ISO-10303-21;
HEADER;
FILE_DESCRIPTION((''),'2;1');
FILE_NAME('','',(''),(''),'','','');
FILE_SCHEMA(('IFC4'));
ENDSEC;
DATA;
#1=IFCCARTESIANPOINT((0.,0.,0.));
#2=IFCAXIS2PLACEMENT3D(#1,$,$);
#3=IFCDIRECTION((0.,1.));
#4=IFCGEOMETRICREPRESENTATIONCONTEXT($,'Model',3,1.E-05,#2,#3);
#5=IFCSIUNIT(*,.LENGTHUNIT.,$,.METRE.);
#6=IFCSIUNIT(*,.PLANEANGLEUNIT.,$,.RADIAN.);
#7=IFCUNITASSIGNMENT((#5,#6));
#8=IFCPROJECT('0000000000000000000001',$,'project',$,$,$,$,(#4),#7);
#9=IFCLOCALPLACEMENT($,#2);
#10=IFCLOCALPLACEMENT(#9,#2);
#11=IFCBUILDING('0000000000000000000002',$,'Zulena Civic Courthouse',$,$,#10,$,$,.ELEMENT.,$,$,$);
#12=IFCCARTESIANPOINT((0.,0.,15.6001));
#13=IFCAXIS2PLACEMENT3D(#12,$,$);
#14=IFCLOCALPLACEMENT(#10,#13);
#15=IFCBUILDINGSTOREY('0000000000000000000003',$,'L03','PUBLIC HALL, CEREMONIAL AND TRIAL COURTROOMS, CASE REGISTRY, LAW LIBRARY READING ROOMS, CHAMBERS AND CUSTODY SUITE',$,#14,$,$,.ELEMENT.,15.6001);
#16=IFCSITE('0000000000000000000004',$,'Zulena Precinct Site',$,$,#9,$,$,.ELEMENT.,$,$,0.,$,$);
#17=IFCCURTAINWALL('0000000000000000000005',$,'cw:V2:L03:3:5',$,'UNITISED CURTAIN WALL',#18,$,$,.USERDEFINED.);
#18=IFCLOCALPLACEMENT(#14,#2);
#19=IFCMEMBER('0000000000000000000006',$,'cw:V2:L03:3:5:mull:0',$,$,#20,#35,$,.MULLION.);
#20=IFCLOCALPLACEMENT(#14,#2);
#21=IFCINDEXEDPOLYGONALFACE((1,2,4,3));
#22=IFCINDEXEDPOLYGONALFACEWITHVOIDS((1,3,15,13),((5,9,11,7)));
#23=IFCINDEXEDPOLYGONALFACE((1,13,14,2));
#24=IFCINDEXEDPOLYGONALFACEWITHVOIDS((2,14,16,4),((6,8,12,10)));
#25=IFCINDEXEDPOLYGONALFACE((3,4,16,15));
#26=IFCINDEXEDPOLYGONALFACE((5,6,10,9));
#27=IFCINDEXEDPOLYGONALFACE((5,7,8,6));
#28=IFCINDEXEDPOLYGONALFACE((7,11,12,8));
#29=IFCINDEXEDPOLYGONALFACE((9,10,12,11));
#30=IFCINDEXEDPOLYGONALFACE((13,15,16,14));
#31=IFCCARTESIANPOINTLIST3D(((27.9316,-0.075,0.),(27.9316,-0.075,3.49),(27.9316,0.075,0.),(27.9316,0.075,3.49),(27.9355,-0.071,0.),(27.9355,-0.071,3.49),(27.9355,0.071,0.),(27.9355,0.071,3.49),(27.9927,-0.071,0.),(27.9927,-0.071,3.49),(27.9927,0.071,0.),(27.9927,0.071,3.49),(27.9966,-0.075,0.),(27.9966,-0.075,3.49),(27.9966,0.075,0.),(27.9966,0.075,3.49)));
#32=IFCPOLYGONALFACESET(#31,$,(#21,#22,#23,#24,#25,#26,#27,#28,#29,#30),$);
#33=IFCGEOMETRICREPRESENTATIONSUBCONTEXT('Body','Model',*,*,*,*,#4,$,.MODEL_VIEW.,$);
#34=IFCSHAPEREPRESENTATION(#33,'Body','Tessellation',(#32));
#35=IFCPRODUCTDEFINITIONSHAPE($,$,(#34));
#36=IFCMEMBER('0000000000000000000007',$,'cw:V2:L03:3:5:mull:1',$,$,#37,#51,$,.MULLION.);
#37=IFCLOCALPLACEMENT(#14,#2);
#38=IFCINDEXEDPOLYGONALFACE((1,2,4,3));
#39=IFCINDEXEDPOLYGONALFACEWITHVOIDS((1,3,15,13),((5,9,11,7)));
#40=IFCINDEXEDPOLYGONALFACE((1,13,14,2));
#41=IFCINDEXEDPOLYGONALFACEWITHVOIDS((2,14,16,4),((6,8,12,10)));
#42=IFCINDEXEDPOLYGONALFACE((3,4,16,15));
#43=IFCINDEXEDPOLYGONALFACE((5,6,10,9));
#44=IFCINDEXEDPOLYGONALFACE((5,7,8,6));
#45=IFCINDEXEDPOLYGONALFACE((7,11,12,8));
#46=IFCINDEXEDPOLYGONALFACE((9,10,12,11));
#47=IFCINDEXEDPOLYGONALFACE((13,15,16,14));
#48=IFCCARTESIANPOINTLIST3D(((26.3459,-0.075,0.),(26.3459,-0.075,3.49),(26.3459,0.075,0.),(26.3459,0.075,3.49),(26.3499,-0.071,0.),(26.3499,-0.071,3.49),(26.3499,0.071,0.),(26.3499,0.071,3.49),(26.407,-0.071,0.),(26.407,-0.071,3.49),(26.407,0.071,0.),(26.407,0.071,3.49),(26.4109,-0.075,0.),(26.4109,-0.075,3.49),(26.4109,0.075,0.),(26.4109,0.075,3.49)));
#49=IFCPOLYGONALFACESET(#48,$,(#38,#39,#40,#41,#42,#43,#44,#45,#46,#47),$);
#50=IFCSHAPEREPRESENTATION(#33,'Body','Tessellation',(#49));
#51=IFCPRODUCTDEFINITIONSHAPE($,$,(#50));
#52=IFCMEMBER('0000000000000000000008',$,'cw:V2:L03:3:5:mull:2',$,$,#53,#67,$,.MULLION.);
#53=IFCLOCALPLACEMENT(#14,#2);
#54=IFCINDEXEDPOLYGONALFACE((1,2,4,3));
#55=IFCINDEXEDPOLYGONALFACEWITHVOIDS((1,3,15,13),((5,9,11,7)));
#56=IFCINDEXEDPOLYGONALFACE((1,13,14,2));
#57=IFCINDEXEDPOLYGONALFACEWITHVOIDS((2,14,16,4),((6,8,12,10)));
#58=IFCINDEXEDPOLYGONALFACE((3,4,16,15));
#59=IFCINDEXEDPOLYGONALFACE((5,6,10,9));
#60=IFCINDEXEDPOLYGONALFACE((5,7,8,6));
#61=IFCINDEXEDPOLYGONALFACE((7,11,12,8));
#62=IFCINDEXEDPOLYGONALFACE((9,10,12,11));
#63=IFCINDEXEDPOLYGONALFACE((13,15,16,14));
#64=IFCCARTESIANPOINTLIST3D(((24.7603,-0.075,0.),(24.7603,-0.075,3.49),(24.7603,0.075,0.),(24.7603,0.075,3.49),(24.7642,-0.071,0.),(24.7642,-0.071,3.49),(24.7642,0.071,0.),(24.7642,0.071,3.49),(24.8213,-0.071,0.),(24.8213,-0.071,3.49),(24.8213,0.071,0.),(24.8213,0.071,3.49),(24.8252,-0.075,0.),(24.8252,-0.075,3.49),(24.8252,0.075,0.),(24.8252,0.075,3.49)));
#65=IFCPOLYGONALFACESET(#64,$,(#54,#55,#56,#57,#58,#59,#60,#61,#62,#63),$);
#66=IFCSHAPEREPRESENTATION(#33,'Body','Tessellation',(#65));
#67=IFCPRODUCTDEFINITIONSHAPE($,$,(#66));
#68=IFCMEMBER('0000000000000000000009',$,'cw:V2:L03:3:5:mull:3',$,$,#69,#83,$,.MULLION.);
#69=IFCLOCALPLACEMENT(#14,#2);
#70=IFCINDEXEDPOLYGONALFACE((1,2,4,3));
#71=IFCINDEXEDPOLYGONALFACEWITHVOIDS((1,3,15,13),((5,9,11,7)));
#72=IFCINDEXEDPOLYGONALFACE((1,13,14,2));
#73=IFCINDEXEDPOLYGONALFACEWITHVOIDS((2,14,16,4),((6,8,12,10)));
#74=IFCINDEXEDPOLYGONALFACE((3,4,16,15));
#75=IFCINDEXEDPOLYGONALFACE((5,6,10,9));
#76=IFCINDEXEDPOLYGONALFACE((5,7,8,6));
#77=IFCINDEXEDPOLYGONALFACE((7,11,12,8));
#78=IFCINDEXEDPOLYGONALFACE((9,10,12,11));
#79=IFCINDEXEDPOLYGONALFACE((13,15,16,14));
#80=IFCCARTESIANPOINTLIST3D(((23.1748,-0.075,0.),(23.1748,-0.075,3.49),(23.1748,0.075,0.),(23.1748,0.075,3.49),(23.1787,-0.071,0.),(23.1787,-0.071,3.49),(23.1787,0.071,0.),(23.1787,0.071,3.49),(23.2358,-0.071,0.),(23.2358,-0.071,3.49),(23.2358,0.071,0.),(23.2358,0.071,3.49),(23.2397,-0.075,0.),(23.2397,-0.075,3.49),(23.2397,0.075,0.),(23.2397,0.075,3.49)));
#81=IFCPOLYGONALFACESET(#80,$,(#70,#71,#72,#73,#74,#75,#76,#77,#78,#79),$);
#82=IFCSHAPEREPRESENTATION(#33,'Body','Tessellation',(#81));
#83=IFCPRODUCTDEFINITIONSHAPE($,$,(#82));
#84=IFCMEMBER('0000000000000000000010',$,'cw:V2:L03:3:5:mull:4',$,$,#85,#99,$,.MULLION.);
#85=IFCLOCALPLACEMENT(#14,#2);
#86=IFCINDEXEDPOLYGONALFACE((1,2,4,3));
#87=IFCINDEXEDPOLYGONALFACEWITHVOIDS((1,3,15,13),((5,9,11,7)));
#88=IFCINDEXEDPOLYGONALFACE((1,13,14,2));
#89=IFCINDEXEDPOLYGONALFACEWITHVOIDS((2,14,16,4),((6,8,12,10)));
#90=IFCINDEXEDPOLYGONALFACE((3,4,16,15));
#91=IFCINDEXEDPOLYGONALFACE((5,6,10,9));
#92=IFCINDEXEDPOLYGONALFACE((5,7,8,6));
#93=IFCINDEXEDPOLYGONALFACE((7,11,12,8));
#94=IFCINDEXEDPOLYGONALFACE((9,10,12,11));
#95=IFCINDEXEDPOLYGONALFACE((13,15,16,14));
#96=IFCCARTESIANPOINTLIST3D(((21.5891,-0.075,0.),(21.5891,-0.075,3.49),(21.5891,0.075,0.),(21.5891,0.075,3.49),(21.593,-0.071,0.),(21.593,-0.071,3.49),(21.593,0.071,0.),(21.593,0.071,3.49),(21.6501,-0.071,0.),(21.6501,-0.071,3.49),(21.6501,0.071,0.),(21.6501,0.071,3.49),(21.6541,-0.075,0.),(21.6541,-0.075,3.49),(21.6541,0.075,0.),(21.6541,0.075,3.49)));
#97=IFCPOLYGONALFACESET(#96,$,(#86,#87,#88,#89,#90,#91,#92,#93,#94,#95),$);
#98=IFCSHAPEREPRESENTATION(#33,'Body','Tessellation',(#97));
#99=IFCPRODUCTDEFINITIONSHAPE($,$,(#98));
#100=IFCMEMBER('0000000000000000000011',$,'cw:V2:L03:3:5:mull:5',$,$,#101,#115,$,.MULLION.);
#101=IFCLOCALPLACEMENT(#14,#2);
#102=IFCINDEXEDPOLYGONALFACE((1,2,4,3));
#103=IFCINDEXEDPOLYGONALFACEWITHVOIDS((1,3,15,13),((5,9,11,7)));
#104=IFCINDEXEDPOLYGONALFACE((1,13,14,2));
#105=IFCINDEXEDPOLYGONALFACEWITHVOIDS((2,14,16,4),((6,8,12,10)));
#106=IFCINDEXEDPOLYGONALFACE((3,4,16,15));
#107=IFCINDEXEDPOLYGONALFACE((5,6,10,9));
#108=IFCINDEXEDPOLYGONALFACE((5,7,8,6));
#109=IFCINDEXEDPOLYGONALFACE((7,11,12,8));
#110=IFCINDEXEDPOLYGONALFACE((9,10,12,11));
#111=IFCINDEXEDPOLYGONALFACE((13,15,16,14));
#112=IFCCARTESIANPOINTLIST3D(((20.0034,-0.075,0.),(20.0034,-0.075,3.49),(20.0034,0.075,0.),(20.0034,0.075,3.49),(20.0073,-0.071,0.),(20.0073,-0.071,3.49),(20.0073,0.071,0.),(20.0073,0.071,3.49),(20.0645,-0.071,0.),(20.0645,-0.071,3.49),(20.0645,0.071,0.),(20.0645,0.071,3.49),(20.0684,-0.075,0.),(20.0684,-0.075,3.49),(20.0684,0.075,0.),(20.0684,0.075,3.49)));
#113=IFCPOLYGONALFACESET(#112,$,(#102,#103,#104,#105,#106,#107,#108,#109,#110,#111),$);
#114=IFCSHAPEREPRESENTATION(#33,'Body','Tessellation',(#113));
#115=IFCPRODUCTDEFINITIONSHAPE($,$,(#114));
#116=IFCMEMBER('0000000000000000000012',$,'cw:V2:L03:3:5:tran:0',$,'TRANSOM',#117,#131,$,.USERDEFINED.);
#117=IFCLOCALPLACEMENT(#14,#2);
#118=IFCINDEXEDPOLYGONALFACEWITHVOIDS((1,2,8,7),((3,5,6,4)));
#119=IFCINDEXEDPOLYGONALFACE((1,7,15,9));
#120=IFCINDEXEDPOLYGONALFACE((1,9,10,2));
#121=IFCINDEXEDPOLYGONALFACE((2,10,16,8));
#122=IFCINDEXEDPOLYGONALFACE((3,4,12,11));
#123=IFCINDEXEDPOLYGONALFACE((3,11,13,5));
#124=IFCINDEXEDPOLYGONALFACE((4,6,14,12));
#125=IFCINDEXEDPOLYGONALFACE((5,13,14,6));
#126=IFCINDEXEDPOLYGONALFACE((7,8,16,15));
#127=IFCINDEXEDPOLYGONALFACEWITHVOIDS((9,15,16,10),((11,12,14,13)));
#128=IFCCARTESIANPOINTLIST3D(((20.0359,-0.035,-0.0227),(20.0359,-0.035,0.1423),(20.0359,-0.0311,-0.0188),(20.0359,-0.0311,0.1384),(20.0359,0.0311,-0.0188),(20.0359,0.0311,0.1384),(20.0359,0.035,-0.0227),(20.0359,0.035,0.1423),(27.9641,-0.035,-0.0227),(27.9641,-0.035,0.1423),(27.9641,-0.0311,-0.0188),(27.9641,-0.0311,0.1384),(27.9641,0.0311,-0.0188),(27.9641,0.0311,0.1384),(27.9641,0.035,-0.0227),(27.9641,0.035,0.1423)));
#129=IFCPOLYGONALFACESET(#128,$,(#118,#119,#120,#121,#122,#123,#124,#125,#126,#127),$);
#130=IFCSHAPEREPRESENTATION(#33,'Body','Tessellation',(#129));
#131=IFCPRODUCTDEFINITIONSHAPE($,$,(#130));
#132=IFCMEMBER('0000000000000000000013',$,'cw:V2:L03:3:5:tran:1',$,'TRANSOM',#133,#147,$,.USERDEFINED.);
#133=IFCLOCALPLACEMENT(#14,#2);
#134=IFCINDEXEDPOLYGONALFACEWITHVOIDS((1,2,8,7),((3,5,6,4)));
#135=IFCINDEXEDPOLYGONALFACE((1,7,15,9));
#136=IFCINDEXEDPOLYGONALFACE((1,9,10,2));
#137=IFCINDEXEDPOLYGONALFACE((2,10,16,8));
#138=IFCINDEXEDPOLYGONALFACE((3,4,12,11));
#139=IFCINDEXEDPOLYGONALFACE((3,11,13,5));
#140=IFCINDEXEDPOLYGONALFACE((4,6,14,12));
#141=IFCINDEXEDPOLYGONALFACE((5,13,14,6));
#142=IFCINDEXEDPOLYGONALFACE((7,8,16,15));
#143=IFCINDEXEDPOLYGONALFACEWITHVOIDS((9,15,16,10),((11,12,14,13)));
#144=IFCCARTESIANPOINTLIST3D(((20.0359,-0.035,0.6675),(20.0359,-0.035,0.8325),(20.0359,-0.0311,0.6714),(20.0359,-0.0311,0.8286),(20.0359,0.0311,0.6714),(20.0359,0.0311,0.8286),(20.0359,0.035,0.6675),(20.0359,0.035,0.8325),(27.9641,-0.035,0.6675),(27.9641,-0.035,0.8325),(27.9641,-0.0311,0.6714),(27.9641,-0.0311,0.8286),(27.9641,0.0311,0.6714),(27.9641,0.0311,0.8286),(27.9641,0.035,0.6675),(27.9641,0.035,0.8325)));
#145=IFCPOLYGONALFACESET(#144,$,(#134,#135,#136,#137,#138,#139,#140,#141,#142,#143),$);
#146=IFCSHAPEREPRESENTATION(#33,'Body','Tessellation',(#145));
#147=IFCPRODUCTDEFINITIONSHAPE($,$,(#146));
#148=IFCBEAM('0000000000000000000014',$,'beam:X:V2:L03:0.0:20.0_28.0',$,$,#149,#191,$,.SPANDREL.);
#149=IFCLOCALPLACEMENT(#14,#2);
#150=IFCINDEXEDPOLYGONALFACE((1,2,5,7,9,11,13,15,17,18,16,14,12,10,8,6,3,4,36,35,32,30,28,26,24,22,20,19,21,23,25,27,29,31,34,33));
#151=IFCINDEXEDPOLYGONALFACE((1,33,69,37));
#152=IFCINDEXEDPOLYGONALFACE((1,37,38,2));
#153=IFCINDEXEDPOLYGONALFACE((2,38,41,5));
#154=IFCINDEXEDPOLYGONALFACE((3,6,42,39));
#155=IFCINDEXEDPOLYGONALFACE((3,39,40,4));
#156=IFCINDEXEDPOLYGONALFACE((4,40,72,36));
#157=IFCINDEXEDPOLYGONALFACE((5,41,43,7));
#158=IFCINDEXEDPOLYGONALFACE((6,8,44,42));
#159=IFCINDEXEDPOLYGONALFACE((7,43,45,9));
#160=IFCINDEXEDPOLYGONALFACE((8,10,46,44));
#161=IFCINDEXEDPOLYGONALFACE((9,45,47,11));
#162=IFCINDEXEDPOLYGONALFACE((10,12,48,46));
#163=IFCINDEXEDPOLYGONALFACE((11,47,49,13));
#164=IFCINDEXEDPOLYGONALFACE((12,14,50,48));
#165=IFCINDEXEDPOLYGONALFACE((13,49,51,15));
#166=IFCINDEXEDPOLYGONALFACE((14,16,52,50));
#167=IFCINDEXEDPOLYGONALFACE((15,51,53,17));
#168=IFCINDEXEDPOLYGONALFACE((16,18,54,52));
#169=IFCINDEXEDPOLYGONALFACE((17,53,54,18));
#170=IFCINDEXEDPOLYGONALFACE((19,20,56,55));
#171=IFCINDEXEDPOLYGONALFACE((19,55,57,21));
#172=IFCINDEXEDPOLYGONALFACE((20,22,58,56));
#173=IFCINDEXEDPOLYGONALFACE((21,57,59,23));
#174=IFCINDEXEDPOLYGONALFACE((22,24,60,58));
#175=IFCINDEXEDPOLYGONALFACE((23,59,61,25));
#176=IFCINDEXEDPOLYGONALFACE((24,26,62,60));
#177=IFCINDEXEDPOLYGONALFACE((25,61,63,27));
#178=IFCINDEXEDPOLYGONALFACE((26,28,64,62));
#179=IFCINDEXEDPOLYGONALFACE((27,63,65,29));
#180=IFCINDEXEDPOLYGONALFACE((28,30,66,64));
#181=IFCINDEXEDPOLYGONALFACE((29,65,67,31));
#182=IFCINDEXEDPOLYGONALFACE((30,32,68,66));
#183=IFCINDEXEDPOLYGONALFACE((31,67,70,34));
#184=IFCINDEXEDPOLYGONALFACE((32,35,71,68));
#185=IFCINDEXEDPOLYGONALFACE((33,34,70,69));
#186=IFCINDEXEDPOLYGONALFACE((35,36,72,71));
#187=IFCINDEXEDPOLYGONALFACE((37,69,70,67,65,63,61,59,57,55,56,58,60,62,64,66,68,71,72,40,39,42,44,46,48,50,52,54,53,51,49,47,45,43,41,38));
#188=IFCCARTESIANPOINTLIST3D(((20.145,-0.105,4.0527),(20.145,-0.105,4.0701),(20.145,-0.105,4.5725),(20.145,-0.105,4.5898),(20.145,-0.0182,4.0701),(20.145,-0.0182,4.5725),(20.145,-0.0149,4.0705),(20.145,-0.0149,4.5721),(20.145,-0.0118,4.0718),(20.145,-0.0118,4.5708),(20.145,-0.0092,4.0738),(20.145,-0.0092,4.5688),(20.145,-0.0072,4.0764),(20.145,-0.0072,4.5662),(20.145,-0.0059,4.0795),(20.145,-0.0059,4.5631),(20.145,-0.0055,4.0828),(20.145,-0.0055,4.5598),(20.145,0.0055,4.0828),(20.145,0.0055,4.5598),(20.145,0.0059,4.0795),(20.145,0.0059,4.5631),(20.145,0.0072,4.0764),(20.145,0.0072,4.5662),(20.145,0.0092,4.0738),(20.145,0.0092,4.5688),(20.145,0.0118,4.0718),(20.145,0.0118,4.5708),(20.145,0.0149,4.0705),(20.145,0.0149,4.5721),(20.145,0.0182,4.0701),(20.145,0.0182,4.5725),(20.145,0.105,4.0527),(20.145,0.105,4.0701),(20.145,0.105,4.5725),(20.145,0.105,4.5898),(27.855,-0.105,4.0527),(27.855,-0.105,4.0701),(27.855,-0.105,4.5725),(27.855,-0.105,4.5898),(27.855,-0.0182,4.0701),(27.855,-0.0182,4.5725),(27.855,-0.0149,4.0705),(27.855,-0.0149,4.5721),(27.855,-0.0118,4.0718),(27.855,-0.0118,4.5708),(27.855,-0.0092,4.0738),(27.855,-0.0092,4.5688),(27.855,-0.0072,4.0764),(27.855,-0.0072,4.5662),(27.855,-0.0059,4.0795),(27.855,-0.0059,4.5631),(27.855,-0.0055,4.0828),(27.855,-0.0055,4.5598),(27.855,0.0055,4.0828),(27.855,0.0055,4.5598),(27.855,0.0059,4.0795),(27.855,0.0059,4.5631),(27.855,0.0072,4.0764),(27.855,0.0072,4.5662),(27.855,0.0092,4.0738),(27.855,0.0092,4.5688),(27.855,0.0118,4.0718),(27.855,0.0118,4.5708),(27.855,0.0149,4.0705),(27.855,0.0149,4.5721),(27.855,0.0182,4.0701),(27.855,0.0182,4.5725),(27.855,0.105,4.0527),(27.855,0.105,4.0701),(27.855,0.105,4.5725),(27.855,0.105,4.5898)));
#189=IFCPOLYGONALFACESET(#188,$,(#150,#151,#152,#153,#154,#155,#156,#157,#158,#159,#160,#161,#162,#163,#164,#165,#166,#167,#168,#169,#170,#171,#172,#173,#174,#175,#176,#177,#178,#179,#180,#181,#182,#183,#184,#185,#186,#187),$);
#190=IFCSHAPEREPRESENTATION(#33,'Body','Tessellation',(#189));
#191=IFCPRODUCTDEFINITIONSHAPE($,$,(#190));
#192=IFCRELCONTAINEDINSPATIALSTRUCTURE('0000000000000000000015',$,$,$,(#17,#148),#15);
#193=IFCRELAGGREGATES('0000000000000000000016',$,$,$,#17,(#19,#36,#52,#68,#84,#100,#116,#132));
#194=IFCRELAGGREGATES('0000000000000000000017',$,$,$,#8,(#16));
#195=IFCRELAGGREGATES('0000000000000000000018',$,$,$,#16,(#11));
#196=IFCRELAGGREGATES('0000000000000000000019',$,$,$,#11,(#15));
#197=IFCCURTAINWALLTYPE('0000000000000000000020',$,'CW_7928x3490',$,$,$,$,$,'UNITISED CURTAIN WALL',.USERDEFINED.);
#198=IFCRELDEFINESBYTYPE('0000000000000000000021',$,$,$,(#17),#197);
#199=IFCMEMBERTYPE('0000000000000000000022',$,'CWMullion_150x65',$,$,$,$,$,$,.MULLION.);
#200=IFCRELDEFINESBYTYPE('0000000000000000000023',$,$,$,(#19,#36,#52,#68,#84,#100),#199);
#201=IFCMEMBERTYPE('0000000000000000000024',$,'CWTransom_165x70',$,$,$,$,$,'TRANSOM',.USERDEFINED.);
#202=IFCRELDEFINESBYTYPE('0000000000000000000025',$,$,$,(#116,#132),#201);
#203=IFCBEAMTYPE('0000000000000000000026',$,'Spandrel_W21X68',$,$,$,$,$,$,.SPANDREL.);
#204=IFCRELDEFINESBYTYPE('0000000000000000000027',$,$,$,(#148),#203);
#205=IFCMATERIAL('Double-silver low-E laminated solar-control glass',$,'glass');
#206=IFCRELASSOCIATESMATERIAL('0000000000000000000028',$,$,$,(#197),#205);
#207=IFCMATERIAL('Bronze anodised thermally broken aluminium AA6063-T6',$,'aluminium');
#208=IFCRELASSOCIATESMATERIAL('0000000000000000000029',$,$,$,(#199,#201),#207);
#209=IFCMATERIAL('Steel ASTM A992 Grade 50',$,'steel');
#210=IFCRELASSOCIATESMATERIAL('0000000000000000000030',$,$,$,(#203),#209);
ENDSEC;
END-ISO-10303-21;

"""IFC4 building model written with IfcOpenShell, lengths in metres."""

from ifc_helpers import new_model, si_unit, direction, frame, origin, origin_2d, place, context, subcontext, project, spatial, hollow_rectangle, i_section, extrude, material, material_profile, profile_set, type_object, element, aggregate, save


model = new_model("IFC4")

# Units and contexts
model_context = context("Model", 3, precision=1e-05, world=origin(), true_north=direction((0.0, 1.0)))
body_context = subcontext(model_context, "Body", "Model", "MODEL_VIEW")
ifc_project = project(units=[si_unit("LENGTHUNIT", "METRE"), si_unit("PLANEANGLEUNIT", "RADIAN")], contexts=[model_context])

# Site, building, storey
site_placement = place(None, origin())
site = spatial("IfcSite", under=ifc_project, at=site_placement, Name="Zulena Precinct Site", CompositionType="ELEMENT", RefElevation=0.0)
building_placement = place(site_placement, origin())
building = spatial("IfcBuilding", under=site, at=building_placement, Name="Zulena Civic Courthouse", CompositionType="ELEMENT")
storey_placement = place(building_placement, frame((0.0, 0.0, 15.6001)))
storey = spatial("IfcBuildingStorey", under=building, at=storey_placement, Name="L03", Description="PUBLIC HALL, CEREMONIAL AND TRIAL COURTROOMS, CASE REGISTRY, LAW LIBRARY READING ROOMS, CHAMBERS AND CUSTODY SUITE", CompositionType="ELEMENT", Elevation=15.6001)

# Curtain wall, members
ifc_material_1 = material(Name="Double-silver low-E laminated solar-control glass", Category="glass")
curtain_wall_type = type_object("IfcCurtainWallType", Name="CW_7928x3490", ElementType="UNITISED CURTAIN WALL", PredefinedType="USERDEFINED", material=ifc_material_1)
curtain_wall_placement = place(storey_placement, origin())
curtain_wall = element("IfcCurtainWall", 1, at=curtain_wall_placement, inside=storey, type_object=curtain_wall_type, Name="cw:V2:L03:3:5", ObjectType="UNITISED CURTAIN WALL", PredefinedType="USERDEFINED")
ifc_material_2 = material(Name="Bronze anodised thermally broken aluminium AA6063-T6", Category="aluminium")
ifc_material_profile_1 = material_profile(ifc_material_2, hollow_rectangle(XDim=0.0649, YDim=0.1499, WallThickness=0.0039, at=origin_2d()), Name="CWM150X65X4")
ifc_profile_set_1 = profile_set([ifc_material_profile_1], Name="Bronze anodised thermally broken aluminium AA6063-T6")
member_type_1 = type_object("IfcMemberType", Name="CWMullion_150x65", PredefinedType="MULLION", material=ifc_profile_set_1)
member_1_placement = place(storey_placement, frame((27.9641, 0.0, 0.0), z_axis=(0.0, 0.0, 1.0), x_axis=(1.0, 0.0, 0.0)))
member_1 = element("IfcMember", 2, at=member_1_placement, type_object=member_type_1, Name="cw:V2:L03:3:5:mull:0", PredefinedType="MULLION", context=body_context, shape_type="SweptSolid", body=[
    extrude(hollow_rectangle(XDim=0.0649, YDim=0.1499, WallThickness=0.0039, at=origin_2d()), origin(), (0.0, 0.0, 1.0), 3.49),
])
member_2_placement = place(storey_placement, frame((26.3784, 0.0, 0.0), z_axis=(0.0, 0.0, 1.0), x_axis=(1.0, 0.0, 0.0)))
member_2 = element("IfcMember", 3, at=member_2_placement, type_object=member_type_1, Name="cw:V2:L03:3:5:mull:1", PredefinedType="MULLION", context=body_context, shape_type="SweptSolid", body=[
    extrude(hollow_rectangle(XDim=0.0649, YDim=0.1499, WallThickness=0.0039, at=origin_2d()), origin(), (0.0, 0.0, 1.0), 3.49),
])
member_3_placement = place(storey_placement, frame((24.7927, 0.0, 0.0), z_axis=(0.0, 0.0, 1.0), x_axis=(1.0, 0.0, 0.0)))
member_3 = element("IfcMember", 4, at=member_3_placement, type_object=member_type_1, Name="cw:V2:L03:3:5:mull:2", PredefinedType="MULLION", context=body_context, shape_type="SweptSolid", body=[
    extrude(hollow_rectangle(XDim=0.0649, YDim=0.1499, WallThickness=0.0039, at=origin_2d()), origin(), (0.0, 0.0, 1.0), 3.49),
])
member_4_placement = place(storey_placement, frame((23.2073, 0.0, 0.0), z_axis=(0.0, 0.0, 1.0), x_axis=(1.0, 0.0, 0.0)))
member_4 = element("IfcMember", 5, at=member_4_placement, type_object=member_type_1, Name="cw:V2:L03:3:5:mull:3", PredefinedType="MULLION", context=body_context, shape_type="SweptSolid", body=[
    extrude(hollow_rectangle(XDim=0.0649, YDim=0.1499, WallThickness=0.0039, at=origin_2d()), origin(), (0.0, 0.0, 1.0), 3.49),
])
member_5_placement = place(storey_placement, frame((21.6216, 0.0, 0.0), z_axis=(0.0, 0.0, 1.0), x_axis=(1.0, 0.0, 0.0)))
member_5 = element("IfcMember", 6, at=member_5_placement, type_object=member_type_1, Name="cw:V2:L03:3:5:mull:4", PredefinedType="MULLION", context=body_context, shape_type="SweptSolid", body=[
    extrude(hollow_rectangle(XDim=0.0649, YDim=0.1499, WallThickness=0.0039, at=origin_2d()), origin(), (0.0, 0.0, 1.0), 3.49),
])
member_6_placement = place(storey_placement, frame((20.0359, 0.0, 0.0), z_axis=(0.0, 0.0, 1.0), x_axis=(1.0, 0.0, 0.0)))
member_6 = element("IfcMember", 7, at=member_6_placement, type_object=member_type_1, Name="cw:V2:L03:3:5:mull:5", PredefinedType="MULLION", context=body_context, shape_type="SweptSolid", body=[
    extrude(hollow_rectangle(XDim=0.0649, YDim=0.1499, WallThickness=0.0039, at=origin_2d()), origin(), (0.0, 0.0, 1.0), 3.49),
])
ifc_material_profile_2 = material_profile(ifc_material_2, hollow_rectangle(XDim=0.0701, YDim=0.165, WallThickness=0.0039, at=origin_2d()), Name="CWT165X70X4")
ifc_profile_set_2 = profile_set([ifc_material_profile_2], Name="Bronze anodised thermally broken aluminium AA6063-T6")
member_type_2 = type_object("IfcMemberType", Name="CWTransom_165x70", ElementType="TRANSOM", PredefinedType="USERDEFINED", material=ifc_profile_set_2)
member_7_placement = place(storey_placement, frame((27.9641, 0.0, 0.0598), z_axis=(-1.0, 0.0, 0.0), x_axis=(0.0, -1.0, 0.0)))
member_7 = element("IfcMember", 8, at=member_7_placement, type_object=member_type_2, Name="cw:V2:L03:3:5:tran:0", ObjectType="TRANSOM", PredefinedType="USERDEFINED", context=body_context, shape_type="SweptSolid", body=[
    extrude(hollow_rectangle(XDim=0.0701, YDim=0.165, WallThickness=0.0039, at=origin_2d()), origin(), (0.0, 0.0, 1.0), 7.9282),
])
member_8_placement = place(storey_placement, frame((27.9641, 0.0, 0.75), z_axis=(-1.0, 0.0, 0.0), x_axis=(0.0, -1.0, 0.0)))
member_8 = element("IfcMember", 9, at=member_8_placement, type_object=member_type_2, Name="cw:V2:L03:3:5:tran:1", ObjectType="TRANSOM", PredefinedType="USERDEFINED", context=body_context, shape_type="SweptSolid", body=[
    extrude(hollow_rectangle(XDim=0.0701, YDim=0.165, WallThickness=0.0039, at=origin_2d()), origin(), (0.0, 0.0, 1.0), 7.9282),
])

# Beam
ifc_material_3 = material(Name="Steel ASTM A992 Grade 50", Category="steel")
ifc_material_profile_3 = material_profile(ifc_material_3, i_section(OverallWidth=0.21, OverallDepth=0.5371, WebThickness=0.011, FlangeThickness=0.0173, FilletRadius=0.0127, at=origin_2d()), Name="W21X68")
ifc_profile_set_3 = profile_set([ifc_material_profile_3], Name="Steel ASTM A992 Grade 50")
beam_type = type_object("IfcBeamType", Name="Spandrel_W21X68", PredefinedType="SPANDREL", material=ifc_profile_set_3)
beam_placement = place(storey_placement, frame((20.145, 0.0, 4.3213), z_axis=(1.0, 0.0, 0.0), x_axis=(0.0, 1.0, 0.0)))
element("IfcBeam", 10, at=beam_placement, inside=storey, type_object=beam_type, Name="beam:X:V2:L03:0.0:20.0_28.0", PredefinedType="SPANDREL", context=body_context, shape_type="SweptSolid", body=[
    extrude(i_section(OverallWidth=0.21, OverallDepth=0.5371, WebThickness=0.011, FlangeThickness=0.0173, FilletRadius=0.0127, at=origin_2d()), origin(), (0.0, 0.0, 1.0), 7.71),
])

aggregate(curtain_wall, [member_1, member_2, member_3, member_4, member_5, member_6, member_7, member_8])

save(model, "model.ifc")
